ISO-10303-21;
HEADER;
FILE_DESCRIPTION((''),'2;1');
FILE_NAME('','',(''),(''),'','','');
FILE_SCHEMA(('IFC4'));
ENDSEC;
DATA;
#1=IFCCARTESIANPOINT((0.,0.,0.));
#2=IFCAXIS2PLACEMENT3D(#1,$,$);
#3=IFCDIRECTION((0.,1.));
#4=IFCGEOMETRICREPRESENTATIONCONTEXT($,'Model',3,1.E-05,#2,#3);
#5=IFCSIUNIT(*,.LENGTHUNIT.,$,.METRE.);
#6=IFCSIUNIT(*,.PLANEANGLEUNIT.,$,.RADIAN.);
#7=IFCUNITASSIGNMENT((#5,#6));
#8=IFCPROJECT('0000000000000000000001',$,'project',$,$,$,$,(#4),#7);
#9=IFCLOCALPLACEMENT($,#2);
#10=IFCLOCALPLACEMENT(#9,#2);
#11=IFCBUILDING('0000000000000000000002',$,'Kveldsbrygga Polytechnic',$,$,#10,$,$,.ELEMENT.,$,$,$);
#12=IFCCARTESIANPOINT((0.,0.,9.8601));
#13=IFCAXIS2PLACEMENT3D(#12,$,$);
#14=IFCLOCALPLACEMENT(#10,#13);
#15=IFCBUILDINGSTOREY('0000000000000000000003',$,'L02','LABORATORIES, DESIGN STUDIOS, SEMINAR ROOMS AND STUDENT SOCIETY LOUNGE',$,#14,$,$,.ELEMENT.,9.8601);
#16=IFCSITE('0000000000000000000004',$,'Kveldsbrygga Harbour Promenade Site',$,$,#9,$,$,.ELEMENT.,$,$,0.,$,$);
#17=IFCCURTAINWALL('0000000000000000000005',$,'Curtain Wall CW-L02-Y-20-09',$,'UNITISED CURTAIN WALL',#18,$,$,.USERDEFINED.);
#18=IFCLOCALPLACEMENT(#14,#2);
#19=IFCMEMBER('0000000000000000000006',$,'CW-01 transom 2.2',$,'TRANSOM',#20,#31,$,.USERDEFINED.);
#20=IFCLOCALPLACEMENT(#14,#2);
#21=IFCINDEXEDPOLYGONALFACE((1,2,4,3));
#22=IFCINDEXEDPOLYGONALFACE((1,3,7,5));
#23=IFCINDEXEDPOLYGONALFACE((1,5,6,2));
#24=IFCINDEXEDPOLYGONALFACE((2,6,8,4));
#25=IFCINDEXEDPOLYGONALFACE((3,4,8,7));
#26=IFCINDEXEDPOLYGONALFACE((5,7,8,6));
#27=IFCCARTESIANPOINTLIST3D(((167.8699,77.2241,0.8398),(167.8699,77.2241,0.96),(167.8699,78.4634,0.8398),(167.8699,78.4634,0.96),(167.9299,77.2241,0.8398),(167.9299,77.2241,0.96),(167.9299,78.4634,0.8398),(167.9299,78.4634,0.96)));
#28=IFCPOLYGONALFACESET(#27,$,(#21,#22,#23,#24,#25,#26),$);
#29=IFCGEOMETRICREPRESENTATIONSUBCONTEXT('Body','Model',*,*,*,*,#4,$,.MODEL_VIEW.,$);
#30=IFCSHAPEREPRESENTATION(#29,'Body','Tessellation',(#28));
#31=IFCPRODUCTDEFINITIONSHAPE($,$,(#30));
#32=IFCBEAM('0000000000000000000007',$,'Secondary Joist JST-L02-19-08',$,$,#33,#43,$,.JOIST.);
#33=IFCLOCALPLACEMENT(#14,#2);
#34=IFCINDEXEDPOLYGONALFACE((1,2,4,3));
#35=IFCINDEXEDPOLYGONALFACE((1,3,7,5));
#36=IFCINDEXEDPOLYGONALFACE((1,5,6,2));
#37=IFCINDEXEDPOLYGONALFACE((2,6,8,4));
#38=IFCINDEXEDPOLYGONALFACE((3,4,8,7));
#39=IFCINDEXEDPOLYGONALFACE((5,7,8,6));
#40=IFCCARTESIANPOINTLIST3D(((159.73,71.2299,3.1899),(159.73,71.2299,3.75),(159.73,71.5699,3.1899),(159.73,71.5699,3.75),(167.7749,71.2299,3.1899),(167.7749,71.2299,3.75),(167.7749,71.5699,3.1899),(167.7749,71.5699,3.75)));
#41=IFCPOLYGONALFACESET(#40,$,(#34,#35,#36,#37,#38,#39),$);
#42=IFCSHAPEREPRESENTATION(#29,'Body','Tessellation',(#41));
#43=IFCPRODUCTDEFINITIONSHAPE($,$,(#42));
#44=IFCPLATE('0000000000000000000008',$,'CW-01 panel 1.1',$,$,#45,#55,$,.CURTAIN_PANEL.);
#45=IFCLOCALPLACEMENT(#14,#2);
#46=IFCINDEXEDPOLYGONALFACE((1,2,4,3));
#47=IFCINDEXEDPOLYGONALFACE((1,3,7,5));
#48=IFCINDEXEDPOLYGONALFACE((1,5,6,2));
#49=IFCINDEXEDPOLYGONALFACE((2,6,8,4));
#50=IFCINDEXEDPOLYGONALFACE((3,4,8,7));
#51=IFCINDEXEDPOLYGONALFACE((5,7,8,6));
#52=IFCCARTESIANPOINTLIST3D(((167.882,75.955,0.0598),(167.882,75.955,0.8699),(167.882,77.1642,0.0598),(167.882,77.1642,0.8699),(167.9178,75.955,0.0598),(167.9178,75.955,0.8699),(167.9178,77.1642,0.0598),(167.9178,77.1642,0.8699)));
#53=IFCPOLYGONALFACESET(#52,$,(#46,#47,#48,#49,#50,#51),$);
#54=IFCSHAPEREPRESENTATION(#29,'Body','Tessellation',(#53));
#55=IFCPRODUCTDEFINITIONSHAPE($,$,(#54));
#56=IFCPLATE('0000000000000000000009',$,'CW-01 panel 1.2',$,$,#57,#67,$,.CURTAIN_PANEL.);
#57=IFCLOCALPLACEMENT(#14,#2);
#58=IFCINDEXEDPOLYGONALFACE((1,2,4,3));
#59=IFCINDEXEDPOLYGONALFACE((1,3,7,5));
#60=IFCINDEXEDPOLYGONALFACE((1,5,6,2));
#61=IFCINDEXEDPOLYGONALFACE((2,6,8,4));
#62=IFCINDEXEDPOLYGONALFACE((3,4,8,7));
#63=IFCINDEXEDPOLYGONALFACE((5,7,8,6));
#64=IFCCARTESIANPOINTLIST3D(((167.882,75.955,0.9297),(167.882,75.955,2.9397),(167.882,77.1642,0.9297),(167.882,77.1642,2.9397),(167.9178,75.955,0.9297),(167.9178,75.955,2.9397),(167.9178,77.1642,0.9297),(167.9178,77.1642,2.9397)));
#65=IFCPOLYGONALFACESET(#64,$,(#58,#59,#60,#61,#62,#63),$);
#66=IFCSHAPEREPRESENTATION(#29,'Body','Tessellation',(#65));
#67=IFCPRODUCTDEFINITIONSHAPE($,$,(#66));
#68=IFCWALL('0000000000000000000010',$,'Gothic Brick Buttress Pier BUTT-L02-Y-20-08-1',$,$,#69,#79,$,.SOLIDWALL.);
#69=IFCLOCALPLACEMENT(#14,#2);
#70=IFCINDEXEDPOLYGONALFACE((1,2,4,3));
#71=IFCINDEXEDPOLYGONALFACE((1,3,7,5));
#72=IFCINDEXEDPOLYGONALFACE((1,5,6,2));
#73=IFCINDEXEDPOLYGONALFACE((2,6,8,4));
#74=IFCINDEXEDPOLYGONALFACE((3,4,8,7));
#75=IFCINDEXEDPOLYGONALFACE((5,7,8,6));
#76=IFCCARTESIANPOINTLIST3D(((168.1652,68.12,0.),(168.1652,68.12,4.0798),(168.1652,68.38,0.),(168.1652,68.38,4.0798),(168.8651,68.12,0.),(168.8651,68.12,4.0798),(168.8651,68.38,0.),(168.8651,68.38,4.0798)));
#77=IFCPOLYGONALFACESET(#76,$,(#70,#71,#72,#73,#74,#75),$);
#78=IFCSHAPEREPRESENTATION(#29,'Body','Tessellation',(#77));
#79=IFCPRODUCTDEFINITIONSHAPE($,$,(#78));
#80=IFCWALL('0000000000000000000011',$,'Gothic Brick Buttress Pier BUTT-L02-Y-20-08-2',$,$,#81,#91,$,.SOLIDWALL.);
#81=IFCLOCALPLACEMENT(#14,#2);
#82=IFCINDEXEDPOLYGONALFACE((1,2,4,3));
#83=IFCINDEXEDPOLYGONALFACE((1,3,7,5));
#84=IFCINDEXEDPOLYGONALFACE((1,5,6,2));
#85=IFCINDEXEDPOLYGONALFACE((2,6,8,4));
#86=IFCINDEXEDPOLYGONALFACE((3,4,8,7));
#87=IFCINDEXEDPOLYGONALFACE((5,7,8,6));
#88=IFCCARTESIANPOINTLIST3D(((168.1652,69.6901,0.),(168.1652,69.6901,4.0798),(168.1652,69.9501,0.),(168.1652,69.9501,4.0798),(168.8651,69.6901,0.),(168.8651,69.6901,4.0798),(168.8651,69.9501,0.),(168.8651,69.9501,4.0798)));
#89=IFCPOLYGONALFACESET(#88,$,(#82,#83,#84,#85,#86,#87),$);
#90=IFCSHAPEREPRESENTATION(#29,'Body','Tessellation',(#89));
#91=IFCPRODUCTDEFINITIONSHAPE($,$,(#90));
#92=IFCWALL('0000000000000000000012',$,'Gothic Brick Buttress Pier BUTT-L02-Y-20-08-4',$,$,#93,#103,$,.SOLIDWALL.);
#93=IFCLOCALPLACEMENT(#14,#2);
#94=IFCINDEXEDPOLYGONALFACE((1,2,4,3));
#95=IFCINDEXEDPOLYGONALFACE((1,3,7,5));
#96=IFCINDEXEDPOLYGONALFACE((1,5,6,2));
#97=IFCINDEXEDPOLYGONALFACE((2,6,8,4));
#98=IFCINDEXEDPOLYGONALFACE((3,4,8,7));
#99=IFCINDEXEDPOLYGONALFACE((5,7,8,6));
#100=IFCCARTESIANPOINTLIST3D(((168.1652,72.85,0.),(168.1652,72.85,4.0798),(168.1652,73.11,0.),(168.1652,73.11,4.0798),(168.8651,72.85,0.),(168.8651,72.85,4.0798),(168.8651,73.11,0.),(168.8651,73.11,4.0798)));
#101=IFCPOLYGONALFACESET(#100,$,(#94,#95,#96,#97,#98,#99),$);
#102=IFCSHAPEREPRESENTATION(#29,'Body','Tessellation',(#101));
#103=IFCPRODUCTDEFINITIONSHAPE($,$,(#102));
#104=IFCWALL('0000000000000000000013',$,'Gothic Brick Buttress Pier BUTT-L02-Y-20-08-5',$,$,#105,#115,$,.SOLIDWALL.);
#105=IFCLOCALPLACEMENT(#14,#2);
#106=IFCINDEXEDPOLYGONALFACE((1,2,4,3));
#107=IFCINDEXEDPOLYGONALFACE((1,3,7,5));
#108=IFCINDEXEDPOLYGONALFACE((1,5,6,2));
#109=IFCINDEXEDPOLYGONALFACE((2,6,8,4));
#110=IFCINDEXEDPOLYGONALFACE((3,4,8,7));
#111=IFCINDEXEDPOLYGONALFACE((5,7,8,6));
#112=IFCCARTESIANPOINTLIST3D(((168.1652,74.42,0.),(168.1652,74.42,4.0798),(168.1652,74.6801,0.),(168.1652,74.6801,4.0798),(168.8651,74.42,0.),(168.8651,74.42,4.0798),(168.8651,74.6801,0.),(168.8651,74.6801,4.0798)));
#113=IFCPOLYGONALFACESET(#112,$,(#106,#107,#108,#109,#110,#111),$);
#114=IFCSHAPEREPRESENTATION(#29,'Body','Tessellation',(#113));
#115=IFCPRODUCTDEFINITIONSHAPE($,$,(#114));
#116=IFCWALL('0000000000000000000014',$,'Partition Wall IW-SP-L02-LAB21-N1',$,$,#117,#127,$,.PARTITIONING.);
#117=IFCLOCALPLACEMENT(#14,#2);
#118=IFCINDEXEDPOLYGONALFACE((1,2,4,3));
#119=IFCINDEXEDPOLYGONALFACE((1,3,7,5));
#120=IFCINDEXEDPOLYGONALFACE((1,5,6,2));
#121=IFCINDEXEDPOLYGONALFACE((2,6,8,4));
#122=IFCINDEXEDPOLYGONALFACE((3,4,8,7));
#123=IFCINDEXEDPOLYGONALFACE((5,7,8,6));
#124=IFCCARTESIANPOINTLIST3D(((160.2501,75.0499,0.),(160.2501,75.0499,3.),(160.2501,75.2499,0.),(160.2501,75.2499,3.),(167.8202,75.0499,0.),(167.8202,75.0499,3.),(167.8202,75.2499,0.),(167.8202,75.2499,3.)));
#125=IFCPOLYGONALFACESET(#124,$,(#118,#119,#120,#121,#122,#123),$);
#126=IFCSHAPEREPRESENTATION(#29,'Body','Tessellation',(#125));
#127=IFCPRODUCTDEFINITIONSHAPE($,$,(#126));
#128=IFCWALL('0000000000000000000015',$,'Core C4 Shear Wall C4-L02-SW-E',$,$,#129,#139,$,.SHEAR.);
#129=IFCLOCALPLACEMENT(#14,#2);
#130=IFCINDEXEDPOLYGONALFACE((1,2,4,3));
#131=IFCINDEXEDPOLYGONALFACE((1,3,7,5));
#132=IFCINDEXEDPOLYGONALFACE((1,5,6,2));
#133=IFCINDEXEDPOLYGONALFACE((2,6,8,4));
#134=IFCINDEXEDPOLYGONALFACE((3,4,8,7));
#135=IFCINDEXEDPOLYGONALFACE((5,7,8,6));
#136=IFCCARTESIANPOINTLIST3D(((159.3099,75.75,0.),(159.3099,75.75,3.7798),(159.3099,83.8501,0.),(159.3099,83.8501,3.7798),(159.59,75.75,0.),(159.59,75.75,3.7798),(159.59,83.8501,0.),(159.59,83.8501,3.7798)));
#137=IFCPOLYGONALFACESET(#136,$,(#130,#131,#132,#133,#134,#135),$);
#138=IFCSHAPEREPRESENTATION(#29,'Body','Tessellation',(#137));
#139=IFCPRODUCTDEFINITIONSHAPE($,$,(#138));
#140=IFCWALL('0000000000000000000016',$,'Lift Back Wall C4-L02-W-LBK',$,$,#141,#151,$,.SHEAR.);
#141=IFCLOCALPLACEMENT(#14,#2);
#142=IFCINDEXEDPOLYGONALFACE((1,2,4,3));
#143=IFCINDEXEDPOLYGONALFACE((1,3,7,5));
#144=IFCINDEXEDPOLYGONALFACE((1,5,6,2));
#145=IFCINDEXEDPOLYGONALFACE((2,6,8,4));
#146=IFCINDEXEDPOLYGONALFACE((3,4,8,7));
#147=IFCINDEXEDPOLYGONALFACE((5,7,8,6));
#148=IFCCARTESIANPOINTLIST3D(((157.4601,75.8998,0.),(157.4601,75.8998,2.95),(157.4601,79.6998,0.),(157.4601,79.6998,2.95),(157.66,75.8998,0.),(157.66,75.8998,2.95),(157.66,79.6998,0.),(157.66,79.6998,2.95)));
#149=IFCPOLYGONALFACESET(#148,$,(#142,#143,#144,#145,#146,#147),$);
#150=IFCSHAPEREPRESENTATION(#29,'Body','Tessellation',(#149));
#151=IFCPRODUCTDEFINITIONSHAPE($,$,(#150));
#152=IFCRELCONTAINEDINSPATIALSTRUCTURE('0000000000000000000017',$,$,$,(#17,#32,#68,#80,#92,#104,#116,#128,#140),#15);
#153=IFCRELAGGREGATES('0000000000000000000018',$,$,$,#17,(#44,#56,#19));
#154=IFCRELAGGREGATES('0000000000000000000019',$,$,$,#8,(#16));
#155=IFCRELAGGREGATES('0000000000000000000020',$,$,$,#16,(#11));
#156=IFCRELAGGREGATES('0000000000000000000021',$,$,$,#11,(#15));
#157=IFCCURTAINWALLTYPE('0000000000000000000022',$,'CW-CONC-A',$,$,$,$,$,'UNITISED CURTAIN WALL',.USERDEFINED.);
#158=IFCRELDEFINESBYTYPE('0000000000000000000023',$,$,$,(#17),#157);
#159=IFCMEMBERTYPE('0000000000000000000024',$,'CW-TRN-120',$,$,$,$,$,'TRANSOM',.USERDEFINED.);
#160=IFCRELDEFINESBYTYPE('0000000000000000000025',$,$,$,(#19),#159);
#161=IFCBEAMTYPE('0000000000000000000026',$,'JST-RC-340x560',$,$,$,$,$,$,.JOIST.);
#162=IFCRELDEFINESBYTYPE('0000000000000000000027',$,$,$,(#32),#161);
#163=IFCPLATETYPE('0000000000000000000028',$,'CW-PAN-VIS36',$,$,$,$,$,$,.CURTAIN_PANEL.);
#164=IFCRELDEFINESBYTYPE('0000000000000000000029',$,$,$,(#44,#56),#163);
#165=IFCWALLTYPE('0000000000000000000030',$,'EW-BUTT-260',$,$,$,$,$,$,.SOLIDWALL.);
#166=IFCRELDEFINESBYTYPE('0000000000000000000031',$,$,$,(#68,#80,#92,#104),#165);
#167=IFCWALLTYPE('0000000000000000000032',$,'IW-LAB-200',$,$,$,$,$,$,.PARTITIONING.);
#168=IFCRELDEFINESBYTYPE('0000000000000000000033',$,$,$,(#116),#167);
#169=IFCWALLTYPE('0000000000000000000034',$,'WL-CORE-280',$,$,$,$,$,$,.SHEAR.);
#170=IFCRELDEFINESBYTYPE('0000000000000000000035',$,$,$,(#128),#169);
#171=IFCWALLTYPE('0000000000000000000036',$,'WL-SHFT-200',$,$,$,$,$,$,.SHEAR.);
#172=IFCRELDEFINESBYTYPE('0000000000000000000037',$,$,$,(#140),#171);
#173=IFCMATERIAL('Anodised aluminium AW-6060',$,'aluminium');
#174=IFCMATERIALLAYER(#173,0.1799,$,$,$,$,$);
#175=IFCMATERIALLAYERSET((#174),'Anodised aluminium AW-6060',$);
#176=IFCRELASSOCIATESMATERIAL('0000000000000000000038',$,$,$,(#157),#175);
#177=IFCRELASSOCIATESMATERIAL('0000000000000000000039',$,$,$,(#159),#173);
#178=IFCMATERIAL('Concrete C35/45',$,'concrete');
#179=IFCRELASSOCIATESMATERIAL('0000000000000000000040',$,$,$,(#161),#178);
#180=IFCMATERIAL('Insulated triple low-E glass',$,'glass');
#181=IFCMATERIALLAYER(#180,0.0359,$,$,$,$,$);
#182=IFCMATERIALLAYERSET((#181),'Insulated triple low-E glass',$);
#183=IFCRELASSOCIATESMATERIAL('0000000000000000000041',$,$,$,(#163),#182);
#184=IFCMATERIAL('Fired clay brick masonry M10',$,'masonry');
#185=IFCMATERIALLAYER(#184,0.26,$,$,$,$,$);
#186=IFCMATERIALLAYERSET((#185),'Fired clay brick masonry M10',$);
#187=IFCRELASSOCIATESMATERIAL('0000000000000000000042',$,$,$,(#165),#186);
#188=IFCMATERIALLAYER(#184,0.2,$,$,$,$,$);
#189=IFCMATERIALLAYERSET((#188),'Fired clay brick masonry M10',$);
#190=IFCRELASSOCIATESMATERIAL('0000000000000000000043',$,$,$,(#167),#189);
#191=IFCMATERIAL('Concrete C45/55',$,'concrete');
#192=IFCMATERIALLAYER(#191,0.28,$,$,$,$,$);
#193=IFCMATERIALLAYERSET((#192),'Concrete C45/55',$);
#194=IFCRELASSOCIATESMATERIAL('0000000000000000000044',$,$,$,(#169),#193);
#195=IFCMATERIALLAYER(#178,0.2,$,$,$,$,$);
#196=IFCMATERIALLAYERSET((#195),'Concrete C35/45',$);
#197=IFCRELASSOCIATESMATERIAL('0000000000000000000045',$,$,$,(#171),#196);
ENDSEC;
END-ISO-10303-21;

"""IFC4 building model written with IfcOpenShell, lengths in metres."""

from ifc_helpers import new_model, si_unit, direction, frame, frame_2d, origin, origin_2d, place, context, subcontext, project, spatial, rectangle, extrude, material, layer, layer_set, material_profile, profile_set, type_object, element, aggregate, save


model = new_model("IFC4")

# Units and contexts
model_context = context("Model", 3, precision=1e-05, world=origin(), true_north=direction((0.0, 1.0)))
body_context = subcontext(model_context, "Body", "Model", "MODEL_VIEW")
ifc_project = project(units=[si_unit("LENGTHUNIT", "METRE"), si_unit("PLANEANGLEUNIT", "RADIAN")], contexts=[model_context])

# Site, building, storey
site_placement = place(None, origin())
site = spatial("IfcSite", under=ifc_project, at=site_placement, Name="Kveldsbrygga Harbour Promenade Site", CompositionType="ELEMENT", RefElevation=0.0)
building_placement = place(site_placement, origin())
building = spatial("IfcBuilding", under=site, at=building_placement, Name="Kveldsbrygga Polytechnic", CompositionType="ELEMENT")
storey_placement = place(building_placement, frame((0.0, 0.0, 9.8601)))
storey = spatial("IfcBuildingStorey", under=building, at=storey_placement, Name="L02", Description="LABORATORIES, DESIGN STUDIOS, SEMINAR ROOMS AND STUDENT SOCIETY LOUNGE", CompositionType="ELEMENT", Elevation=9.8601)

# Shared definitions
ifc_material_1 = material(Name="Concrete C45/55", Category="concrete")

# Shared definitions
ifc_material_2 = material(Name="Concrete C35/45", Category="concrete")

# Curtain wall, member
ifc_material_3 = material(Name="Anodised aluminium AW-6060", Category="aluminium")
ifc_layer_1 = layer(ifc_material_3, 0.1799)
ifc_layer_set_1 = layer_set([ifc_layer_1], Name="Anodised aluminium AW-6060")
curtain_wall_type = type_object("IfcCurtainWallType", Name="CW-CONC-A", ElementType="UNITISED CURTAIN WALL", PredefinedType="USERDEFINED", material=ifc_layer_set_1)
curtain_wall_placement = place(storey_placement, origin())
curtain_wall = element("IfcCurtainWall", 1, at=curtain_wall_placement, inside=storey, type_object=curtain_wall_type, Name="Curtain Wall CW-L02-Y-20-09", ObjectType="UNITISED CURTAIN WALL", PredefinedType="USERDEFINED")
ifc_material_profile_1 = material_profile(ifc_material_3, rectangle(XDim=0.0601, YDim=0.1201, at=origin_2d()), Name="ALU 60x120")
ifc_profile_set_1 = profile_set([ifc_material_profile_1], Name="Anodised aluminium AW-6060")
member_type_1 = type_object("IfcMemberType", Name="CW-TRN-120", ElementType="TRANSOM", PredefinedType="USERDEFINED", material=ifc_profile_set_1)
member_1_placement = place(storey_placement, frame((167.8999, 77.2241, 0.8999), z_axis=(0.0, 1.0, 0.0), x_axis=(-1.0, 0.0, 0.0)))
member_1 = element("IfcMember", 2, at=member_1_placement, type_object=member_type_1, Name="CW-01 transom 2.2", ObjectType="TRANSOM", PredefinedType="USERDEFINED", context=body_context, shape_type="SweptSolid", body=[
    extrude(rectangle(XDim=0.0601, YDim=0.1201, at=origin_2d()), origin(), (0.0, 0.0, 1.0), 1.2393),
])

# Beam
ifc_material_profile_2 = material_profile(ifc_material_2, rectangle(XDim=0.3401, YDim=0.5601, at=origin_2d()), Name="RC 340x560")
ifc_profile_set_2 = profile_set([ifc_material_profile_2], Name="Concrete C35/45")
beam_type_1 = type_object("IfcBeamType", Name="JST-RC-340x560", PredefinedType="JOIST", material=ifc_profile_set_2)
beam_1_placement = place(storey_placement, frame((159.73, 71.3999, 3.47), z_axis=(1.0, 0.0, 0.0), x_axis=(0.0, 1.0, 0.0)))
element("IfcBeam", 3, at=beam_1_placement, inside=storey, type_object=beam_type_1, Name="Secondary Joist JST-L02-19-08", PredefinedType="JOIST", context=body_context, shape_type="SweptSolid", body=[
    extrude(rectangle(XDim=0.3401, YDim=0.5601, at=origin_2d()), origin(), (0.0, 0.0, 1.0), 8.0449),
])

# Plates
ifc_material_4 = material(Name="Insulated triple low-E glass", Category="glass")
ifc_layer_2 = layer(ifc_material_4, 0.0359)
ifc_layer_set_2 = layer_set([ifc_layer_2], Name="Insulated triple low-E glass")
plate_type = type_object("IfcPlateType", Name="CW-PAN-VIS36", PredefinedType="CURTAIN_PANEL", material=ifc_layer_set_2)
plate_1_placement = place(storey_placement, frame((167.8999, 76.5596, 0.0598), z_axis=(0.0, 0.0, 1.0), x_axis=(0.0, 1.0, 0.0)))
plate_1 = element("IfcPlate", 4, at=plate_1_placement, type_object=plate_type, Name="CW-01 panel 1.1", PredefinedType="CURTAIN_PANEL", context=body_context, shape_type="SweptSolid", body=[
    extrude(rectangle(XDim=1.2092, YDim=0.0359, at=origin_2d()), origin(), (0.0, 0.0, 1.0), 0.8101),
])
plate_2_placement = place(storey_placement, frame((167.8999, 76.5596, 0.9297), z_axis=(0.0, 0.0, 1.0), x_axis=(0.0, 1.0, 0.0)))
plate_2 = element("IfcPlate", 5, at=plate_2_placement, type_object=plate_type, Name="CW-01 panel 1.2", PredefinedType="CURTAIN_PANEL", context=body_context, shape_type="SweptSolid", body=[
    extrude(rectangle(XDim=1.2092, YDim=0.0359, at=origin_2d()), origin(), (0.0, 0.0, 1.0), 2.01),
])
aggregate(curtain_wall, [plate_1, plate_2, member_1])

# Walls
ifc_material_5 = material(Name="Fired clay brick masonry M10", Category="masonry")
ifc_layer_3 = layer(ifc_material_5, 0.26)
ifc_layer_set_3 = layer_set([ifc_layer_3], Name="Fired clay brick masonry M10")
wall_type_1 = type_object("IfcWallType", Name="EW-BUTT-260", PredefinedType="SOLIDWALL", material=ifc_layer_set_3)
for number, where, z_axis, x_axis, name in (
    (6, (168.165, 68.25, 0.0), (0.0, 0.0, 1.0), (1.0, 0.0, 0.0), "Gothic Brick Buttress Pier BUTT-L02-Y-20-08-1"),
    (7, (168.165, 69.8201, 0.0), (0.0, 0.0, 1.0), (1.0, 0.0, 0.0), "Gothic Brick Buttress Pier BUTT-L02-Y-20-08-2"),
    (8, (168.165, 72.98, 0.0), (0.0, 0.0, 1.0), (1.0, 0.0, 0.0), "Gothic Brick Buttress Pier BUTT-L02-Y-20-08-4"),
    (9, (168.165, 74.55, 0.0), (0.0, 0.0, 1.0), (1.0, 0.0, 0.0), "Gothic Brick Buttress Pier BUTT-L02-Y-20-08-5"),
):
    element("IfcWall", number, at=place(storey_placement, frame(where, z_axis=z_axis, x_axis=x_axis)), inside=storey, type_object=wall_type_1, Name=name, PredefinedType="SOLIDWALL", context=body_context, shape_type="SweptSolid", body=[
        extrude(rectangle(XDim=0.7, YDim=0.26, at=frame_2d((0.3501, 0.0))), origin(), (0.0, 0.0, 1.0), 4.0798),
    ])
ifc_layer_4 = layer(ifc_material_5, 0.2)
ifc_layer_set_4 = layer_set([ifc_layer_4], Name="Fired clay brick masonry M10")
wall_type_2 = type_object("IfcWallType", Name="IW-LAB-200", PredefinedType="PARTITIONING", material=ifc_layer_set_4)
wall_1_placement = place(storey_placement, frame((160.25, 75.1499, 0.0), z_axis=(0.0, 0.0, 1.0), x_axis=(1.0, 0.0, 0.0)))
element("IfcWall", 10, at=wall_1_placement, inside=storey, type_object=wall_type_2, Name="Partition Wall IW-SP-L02-LAB21-N1", PredefinedType="PARTITIONING", context=body_context, shape_type="SweptSolid", body=[
    extrude(rectangle(XDim=7.5701, YDim=0.2, at=frame_2d((3.7852, 0.0))), origin(), (0.0, 0.0, 1.0), 3.0),
])
ifc_layer_5 = layer(ifc_material_1, 0.28)
ifc_layer_set_5 = layer_set([ifc_layer_5], Name="Concrete C45/55")
wall_type_3 = type_object("IfcWallType", Name="WL-CORE-280", PredefinedType="SHEAR", material=ifc_layer_set_5)
wall_2_placement = place(storey_placement, frame((159.45, 75.75, 0.0), z_axis=(0.0, 0.0, 1.0), x_axis=(0.0, 1.0, 0.0)))
element("IfcWall", 11, at=wall_2_placement, inside=storey, type_object=wall_type_3, Name="Core C4 Shear Wall C4-L02-SW-E", PredefinedType="SHEAR", context=body_context, shape_type="SweptSolid", body=[
    extrude(rectangle(XDim=8.1001, YDim=0.28, at=frame_2d((4.05, 0.0))), origin(), (0.0, 0.0, 1.0), 3.7798),
])

# Shared definitions
ifc_layer_6 = layer(ifc_material_2, 0.2)
ifc_layer_set_6 = layer_set([ifc_layer_6], Name="Concrete C35/45")
wall_type_4 = type_object("IfcWallType", Name="WL-SHFT-200", PredefinedType="SHEAR", material=ifc_layer_set_6)

# Wall
wall_3_placement = place(storey_placement, frame((157.5601, 75.8999, 0.0), z_axis=(0.0, 0.0, 1.0), x_axis=(0.0, 1.0, 0.0)))
element("IfcWall", 12, at=wall_3_placement, inside=storey, type_object=wall_type_4, Name="Lift Back Wall C4-L02-W-LBK", PredefinedType="SHEAR", context=body_context, shape_type="SweptSolid", body=[
    extrude(rectangle(XDim=3.8, YDim=0.2, at=frame_2d((1.8999, 0.0))), origin(), (0.0, 0.0, 1.0), 2.95),
])

save(model, "model.ifc")
